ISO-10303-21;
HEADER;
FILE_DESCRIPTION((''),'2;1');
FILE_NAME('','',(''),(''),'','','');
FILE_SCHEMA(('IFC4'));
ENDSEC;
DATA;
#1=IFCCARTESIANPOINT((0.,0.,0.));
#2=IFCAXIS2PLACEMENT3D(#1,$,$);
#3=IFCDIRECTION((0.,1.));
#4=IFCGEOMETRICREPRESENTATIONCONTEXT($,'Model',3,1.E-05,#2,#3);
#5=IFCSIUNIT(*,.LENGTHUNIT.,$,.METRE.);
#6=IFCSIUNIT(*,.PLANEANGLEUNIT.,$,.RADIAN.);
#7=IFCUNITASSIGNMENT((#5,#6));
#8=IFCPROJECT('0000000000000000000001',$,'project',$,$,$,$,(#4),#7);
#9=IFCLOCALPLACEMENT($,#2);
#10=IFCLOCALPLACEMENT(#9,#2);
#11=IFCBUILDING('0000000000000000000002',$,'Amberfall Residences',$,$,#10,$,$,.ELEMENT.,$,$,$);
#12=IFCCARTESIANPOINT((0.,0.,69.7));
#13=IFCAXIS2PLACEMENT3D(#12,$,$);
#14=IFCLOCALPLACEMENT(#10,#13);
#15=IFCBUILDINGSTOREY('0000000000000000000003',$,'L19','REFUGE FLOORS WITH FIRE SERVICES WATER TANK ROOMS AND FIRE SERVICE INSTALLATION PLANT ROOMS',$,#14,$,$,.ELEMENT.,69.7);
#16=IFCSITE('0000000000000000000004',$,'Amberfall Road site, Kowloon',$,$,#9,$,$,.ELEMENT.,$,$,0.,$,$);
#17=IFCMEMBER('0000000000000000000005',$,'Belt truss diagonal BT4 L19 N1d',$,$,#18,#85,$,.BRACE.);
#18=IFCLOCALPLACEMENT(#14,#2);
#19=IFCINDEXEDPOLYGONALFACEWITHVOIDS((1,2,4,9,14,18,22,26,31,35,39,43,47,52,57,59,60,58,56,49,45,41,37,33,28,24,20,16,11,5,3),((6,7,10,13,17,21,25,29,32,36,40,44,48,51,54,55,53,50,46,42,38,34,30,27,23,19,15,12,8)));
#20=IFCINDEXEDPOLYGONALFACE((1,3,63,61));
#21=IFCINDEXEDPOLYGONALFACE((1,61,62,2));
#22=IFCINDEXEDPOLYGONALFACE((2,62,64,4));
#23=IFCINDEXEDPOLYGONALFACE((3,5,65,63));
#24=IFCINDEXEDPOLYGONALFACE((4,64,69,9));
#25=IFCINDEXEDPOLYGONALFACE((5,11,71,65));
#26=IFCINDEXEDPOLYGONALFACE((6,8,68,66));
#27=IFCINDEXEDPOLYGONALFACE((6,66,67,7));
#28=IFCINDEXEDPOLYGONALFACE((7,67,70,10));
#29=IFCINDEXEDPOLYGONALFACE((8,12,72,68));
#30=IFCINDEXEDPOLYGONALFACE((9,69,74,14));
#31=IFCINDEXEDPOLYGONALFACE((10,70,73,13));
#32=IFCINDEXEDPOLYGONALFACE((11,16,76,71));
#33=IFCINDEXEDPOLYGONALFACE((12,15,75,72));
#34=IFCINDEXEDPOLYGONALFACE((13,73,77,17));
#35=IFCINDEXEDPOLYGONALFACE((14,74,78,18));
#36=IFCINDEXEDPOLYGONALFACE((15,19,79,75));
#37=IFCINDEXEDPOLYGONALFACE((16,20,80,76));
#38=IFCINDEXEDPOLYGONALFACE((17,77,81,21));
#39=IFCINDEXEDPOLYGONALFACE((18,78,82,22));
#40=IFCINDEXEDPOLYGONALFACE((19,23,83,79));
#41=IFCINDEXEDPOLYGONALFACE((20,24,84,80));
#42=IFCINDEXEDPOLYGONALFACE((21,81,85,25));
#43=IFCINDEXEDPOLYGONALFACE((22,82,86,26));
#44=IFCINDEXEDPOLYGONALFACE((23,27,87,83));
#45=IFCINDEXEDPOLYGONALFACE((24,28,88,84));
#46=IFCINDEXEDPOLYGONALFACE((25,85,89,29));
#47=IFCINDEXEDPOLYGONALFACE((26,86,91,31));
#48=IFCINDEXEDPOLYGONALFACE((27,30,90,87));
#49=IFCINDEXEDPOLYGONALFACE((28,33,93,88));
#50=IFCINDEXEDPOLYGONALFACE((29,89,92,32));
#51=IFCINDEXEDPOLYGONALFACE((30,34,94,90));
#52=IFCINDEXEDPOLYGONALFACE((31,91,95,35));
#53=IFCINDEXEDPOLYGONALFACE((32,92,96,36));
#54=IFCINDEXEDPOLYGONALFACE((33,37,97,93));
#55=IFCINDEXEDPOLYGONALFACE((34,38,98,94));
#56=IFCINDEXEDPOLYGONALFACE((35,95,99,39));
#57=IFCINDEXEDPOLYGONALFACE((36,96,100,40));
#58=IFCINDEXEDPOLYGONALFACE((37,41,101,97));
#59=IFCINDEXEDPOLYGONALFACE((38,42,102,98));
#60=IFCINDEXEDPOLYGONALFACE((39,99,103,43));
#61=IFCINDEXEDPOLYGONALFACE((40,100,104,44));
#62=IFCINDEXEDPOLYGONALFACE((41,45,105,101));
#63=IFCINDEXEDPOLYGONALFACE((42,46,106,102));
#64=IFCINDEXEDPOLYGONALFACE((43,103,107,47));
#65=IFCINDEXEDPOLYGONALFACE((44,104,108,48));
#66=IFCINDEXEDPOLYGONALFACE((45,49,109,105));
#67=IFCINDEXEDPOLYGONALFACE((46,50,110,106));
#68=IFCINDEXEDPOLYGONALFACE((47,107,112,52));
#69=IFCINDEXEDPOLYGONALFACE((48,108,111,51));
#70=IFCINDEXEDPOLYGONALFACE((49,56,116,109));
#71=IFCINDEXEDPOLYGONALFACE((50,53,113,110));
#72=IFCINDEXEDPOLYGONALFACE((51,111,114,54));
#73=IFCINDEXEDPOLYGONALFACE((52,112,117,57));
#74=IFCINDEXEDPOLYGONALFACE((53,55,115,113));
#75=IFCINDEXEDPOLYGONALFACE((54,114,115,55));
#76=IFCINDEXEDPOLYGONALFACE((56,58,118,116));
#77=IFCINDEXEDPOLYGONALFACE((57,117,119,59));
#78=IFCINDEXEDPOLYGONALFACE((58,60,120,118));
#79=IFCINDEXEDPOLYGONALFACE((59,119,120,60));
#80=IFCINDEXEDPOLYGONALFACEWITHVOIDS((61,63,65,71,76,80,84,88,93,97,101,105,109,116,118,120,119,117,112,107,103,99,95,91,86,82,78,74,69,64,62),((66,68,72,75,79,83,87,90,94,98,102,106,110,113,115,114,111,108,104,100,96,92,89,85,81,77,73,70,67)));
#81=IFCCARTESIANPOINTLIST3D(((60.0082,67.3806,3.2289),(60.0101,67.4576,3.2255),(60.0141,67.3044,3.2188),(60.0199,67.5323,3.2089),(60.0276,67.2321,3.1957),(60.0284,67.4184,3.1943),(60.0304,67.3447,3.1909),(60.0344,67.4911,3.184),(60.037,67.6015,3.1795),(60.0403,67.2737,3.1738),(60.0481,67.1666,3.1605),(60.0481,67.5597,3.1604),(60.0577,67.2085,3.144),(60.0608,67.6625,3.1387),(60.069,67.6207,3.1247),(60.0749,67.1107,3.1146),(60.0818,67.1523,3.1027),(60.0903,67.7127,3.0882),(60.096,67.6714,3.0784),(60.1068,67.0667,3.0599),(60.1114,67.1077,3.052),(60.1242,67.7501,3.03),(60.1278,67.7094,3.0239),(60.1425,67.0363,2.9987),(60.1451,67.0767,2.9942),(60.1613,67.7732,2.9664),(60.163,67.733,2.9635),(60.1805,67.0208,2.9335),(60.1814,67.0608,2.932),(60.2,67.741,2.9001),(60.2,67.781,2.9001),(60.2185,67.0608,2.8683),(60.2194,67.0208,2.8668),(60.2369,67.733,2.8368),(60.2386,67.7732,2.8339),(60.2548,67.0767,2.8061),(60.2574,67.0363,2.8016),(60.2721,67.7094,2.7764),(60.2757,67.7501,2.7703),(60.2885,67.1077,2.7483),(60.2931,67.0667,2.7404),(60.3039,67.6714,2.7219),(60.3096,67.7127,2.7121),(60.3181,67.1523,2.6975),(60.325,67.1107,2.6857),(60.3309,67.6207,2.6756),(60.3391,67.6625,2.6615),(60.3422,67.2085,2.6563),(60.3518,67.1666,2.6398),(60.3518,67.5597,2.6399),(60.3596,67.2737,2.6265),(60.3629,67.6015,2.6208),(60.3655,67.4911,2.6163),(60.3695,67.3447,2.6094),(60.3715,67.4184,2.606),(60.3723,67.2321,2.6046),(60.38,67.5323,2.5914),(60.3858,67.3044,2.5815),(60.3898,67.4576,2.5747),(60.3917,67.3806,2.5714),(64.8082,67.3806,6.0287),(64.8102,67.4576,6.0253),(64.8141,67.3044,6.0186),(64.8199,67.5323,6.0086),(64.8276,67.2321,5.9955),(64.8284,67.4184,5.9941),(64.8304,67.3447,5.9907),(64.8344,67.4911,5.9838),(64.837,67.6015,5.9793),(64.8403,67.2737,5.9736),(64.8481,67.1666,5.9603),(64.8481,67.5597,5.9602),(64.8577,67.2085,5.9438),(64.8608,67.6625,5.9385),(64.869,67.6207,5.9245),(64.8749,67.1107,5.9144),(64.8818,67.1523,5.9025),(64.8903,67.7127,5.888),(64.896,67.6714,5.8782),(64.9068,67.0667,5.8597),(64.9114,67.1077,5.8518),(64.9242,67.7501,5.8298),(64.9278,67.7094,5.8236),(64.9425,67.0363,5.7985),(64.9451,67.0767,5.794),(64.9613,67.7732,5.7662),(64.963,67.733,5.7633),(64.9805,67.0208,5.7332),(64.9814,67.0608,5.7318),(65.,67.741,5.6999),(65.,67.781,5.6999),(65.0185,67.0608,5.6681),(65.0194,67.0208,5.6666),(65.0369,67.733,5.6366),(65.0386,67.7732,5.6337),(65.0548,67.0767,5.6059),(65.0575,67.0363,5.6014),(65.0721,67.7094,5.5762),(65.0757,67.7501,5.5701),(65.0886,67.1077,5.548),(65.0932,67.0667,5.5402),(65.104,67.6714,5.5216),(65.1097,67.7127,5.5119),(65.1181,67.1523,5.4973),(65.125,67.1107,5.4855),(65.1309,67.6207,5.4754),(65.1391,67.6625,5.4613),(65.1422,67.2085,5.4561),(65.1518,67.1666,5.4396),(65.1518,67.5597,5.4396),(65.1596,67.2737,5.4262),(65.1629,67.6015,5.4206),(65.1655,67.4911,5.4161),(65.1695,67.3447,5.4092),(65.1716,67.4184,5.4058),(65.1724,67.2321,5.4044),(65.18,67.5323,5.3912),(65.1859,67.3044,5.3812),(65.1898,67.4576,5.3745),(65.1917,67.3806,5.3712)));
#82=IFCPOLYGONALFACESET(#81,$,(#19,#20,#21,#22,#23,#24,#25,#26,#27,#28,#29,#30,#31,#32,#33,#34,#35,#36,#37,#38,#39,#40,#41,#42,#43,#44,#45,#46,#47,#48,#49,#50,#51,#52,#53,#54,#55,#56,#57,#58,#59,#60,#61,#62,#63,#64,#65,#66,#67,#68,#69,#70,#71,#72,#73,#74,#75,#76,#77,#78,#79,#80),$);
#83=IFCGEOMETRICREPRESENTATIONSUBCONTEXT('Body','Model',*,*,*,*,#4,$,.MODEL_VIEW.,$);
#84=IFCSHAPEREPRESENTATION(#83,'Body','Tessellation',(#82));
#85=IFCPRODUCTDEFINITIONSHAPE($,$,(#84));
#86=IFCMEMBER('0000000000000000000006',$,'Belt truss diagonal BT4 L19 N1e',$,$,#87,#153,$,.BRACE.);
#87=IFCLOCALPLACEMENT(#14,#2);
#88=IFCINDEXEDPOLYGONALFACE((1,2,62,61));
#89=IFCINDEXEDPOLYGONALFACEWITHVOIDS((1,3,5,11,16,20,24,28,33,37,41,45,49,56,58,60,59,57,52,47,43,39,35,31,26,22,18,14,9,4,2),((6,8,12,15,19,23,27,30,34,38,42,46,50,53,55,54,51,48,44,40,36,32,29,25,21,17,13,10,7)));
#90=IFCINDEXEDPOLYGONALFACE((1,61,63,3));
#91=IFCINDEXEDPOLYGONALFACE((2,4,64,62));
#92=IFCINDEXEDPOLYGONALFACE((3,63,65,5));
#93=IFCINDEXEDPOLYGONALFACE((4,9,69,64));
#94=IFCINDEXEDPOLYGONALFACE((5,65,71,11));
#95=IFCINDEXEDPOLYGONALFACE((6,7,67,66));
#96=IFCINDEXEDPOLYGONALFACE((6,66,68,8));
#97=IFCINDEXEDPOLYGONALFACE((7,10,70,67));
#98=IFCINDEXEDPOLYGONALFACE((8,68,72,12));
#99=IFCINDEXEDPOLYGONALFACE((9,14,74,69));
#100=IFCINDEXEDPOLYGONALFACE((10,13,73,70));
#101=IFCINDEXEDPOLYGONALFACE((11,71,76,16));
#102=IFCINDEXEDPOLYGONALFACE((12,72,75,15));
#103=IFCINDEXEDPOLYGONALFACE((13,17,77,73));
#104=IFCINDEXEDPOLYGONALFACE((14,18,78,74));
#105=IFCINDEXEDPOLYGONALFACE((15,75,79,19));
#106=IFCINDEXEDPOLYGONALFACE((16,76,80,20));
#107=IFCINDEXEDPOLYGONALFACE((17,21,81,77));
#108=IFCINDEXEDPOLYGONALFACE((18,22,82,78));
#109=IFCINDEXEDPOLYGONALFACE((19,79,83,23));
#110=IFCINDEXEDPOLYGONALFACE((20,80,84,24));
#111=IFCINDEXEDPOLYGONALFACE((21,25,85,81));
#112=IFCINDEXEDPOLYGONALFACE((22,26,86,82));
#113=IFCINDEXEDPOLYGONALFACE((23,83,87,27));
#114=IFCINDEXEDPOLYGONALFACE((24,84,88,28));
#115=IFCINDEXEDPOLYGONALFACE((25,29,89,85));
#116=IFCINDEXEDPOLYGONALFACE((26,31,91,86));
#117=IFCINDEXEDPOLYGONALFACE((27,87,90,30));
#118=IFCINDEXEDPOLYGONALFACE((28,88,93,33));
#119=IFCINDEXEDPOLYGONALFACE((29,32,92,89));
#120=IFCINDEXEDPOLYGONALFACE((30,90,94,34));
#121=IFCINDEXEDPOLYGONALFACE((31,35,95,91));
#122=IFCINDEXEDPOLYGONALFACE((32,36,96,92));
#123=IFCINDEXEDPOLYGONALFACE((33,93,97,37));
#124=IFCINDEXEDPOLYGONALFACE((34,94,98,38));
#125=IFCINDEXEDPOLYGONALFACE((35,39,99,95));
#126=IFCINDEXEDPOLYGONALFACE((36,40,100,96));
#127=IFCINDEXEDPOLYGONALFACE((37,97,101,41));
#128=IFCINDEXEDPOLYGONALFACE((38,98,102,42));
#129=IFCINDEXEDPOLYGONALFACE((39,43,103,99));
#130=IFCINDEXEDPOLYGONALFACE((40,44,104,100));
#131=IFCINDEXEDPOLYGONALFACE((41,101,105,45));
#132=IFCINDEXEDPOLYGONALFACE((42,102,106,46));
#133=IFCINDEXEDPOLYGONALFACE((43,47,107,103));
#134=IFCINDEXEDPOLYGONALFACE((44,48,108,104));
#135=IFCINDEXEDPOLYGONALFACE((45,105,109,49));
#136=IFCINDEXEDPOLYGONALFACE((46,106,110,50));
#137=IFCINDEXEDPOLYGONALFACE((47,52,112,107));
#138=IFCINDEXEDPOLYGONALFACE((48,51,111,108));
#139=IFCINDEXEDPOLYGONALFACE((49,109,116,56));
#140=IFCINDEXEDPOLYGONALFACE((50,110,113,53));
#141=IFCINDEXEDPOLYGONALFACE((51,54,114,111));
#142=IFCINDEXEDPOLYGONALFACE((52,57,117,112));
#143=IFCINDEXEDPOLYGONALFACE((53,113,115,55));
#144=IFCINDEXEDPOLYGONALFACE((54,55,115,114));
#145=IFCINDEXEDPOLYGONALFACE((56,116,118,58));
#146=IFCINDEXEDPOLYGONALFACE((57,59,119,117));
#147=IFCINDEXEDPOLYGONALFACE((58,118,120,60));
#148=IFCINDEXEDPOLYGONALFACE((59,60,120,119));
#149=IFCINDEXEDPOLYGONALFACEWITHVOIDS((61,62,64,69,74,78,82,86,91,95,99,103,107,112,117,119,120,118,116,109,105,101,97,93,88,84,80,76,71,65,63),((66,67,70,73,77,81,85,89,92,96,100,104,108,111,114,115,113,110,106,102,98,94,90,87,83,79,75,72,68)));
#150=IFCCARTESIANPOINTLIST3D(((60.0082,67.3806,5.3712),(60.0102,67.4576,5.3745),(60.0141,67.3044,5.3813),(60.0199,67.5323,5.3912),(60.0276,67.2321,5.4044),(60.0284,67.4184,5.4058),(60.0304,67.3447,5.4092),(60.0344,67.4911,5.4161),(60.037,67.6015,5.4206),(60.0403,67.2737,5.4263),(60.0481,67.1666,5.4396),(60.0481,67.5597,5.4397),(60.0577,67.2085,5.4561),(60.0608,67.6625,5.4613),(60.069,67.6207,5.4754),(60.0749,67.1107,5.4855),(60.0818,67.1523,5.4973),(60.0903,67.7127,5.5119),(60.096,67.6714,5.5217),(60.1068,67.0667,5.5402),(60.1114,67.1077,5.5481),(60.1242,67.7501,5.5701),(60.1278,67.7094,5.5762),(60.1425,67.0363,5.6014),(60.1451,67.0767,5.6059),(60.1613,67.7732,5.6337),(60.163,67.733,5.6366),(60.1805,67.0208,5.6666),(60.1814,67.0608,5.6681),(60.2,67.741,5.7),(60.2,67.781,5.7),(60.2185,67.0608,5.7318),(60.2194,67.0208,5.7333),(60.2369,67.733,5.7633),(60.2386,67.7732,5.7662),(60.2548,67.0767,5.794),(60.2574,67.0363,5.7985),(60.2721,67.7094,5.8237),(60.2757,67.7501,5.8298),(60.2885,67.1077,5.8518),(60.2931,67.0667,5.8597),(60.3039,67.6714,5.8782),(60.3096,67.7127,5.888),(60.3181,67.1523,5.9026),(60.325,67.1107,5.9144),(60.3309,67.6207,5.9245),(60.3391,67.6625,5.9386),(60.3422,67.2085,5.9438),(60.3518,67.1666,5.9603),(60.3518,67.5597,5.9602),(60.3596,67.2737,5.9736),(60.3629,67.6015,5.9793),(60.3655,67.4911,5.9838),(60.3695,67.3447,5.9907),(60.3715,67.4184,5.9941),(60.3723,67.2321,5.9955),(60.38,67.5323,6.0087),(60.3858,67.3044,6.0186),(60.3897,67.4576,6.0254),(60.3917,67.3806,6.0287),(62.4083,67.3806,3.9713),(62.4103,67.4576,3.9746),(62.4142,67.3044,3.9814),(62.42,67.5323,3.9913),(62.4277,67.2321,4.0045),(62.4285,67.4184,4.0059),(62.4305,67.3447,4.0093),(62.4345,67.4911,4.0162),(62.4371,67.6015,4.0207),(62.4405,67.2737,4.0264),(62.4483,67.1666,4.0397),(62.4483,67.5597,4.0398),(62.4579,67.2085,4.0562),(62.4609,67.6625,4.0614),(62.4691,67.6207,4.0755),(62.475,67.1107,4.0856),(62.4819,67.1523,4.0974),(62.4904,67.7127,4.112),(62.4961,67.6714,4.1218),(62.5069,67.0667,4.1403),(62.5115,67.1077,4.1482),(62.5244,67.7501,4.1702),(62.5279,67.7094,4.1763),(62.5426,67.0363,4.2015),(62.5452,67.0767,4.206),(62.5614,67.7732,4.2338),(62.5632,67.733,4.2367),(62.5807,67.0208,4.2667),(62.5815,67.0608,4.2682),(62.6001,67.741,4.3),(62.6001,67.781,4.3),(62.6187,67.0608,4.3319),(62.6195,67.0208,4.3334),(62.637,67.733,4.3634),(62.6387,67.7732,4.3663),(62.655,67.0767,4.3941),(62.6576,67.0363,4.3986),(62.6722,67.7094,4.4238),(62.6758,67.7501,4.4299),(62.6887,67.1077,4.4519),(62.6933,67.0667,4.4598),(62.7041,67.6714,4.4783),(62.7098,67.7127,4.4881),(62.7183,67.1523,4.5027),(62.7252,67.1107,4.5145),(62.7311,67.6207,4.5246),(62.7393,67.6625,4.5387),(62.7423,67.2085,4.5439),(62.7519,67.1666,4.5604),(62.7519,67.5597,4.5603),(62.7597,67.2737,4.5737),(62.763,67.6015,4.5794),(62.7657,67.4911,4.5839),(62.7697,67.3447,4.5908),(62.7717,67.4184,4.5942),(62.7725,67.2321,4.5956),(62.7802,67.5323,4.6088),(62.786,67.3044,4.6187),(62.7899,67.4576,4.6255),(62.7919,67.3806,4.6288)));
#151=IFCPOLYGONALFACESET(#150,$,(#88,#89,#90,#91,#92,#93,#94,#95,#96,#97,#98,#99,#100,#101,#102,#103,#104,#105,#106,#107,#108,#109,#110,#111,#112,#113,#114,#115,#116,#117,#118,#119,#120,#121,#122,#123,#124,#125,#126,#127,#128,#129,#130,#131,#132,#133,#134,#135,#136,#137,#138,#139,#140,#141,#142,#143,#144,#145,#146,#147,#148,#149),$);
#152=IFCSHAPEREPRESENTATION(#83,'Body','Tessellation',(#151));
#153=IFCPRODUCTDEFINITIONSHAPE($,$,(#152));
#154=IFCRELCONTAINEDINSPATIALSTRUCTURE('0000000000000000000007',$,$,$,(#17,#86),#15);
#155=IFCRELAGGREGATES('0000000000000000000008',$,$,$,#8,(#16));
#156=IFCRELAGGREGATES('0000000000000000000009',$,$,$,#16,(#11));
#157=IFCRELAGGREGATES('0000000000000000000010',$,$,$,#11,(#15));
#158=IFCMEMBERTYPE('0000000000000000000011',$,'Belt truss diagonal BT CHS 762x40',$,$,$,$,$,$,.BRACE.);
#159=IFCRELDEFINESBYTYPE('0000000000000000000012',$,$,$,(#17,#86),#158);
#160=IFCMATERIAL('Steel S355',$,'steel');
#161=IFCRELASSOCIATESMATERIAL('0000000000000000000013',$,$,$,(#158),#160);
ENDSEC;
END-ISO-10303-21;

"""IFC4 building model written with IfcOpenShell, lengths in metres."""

from ifc_helpers import new_model, si_unit, direction, frame, origin, origin_2d, place, context, subcontext, project, spatial, hollow_circle, extrude, material, material_profile, profile_set, type_object, element, save


model = new_model("IFC4")

# Units and contexts
model_context = context("Model", 3, precision=1e-05, world=origin(), true_north=direction((0.0, 1.0)))
body_context = subcontext(model_context, "Body", "Model", "MODEL_VIEW")
ifc_project = project(units=[si_unit("LENGTHUNIT", "METRE"), si_unit("PLANEANGLEUNIT", "RADIAN")], contexts=[model_context])

# Site, building, storey
site_placement = place(None, origin())
site = spatial("IfcSite", under=ifc_project, at=site_placement, Name="Amberfall Road site, Kowloon", CompositionType="ELEMENT", RefElevation=0.0)
building_placement = place(site_placement, origin())
building = spatial("IfcBuilding", under=site, at=building_placement, Name="Amberfall Residences", CompositionType="ELEMENT")
storey_placement = place(building_placement, frame((0.0, 0.0, 69.7)))
storey = spatial("IfcBuildingStorey", under=building, at=storey_placement, Name="L19", Description="REFUGE FLOORS WITH FIRE SERVICES WATER TANK ROOMS AND FIRE SERVICE INSTALLATION PLANT ROOMS", CompositionType="ELEMENT", Elevation=69.7)

# Shared definitions
ifc_material_1 = material(Name="Steel S355", Category="steel")

# Members
ifc_material_profile_1 = material_profile(ifc_material_1, hollow_circle(Radius=0.3811, WallThickness=0.04, at=origin_2d()), Name="CHS 762x40")
ifc_profile_set_1 = profile_set([ifc_material_profile_1], Name="Steel S355")
member_type = type_object("IfcMemberType", Name="Belt truss diagonal BT CHS 762x40", PredefinedType="BRACE", material=ifc_profile_set_1)
member_1_placement = place(storey_placement, frame((60.2, 67.3999, 2.9001), z_axis=(0.863796, 0.0, 0.503841), x_axis=(0.0, 1.0, 0.0)))
element("IfcMember", 1, at=member_1_placement, inside=storey, type_object=member_type, Name="Belt truss diagonal BT4 L19 N1d", PredefinedType="BRACE", context=body_context, shape_type="SweptSolid", body=[
    extrude(hollow_circle(Radius=0.3811, WallThickness=0.04, at=origin_2d()), origin(), (0.0, 0.0, 1.0), 5.5569),
])
member_2_placement = place(storey_placement, frame((60.2, 67.3999, 5.7), z_axis=(0.863808, 0.0, -0.503822), x_axis=(0.0, 1.0, 0.0)))
element("IfcMember", 2, at=member_2_placement, inside=storey, type_object=member_type, Name="Belt truss diagonal BT4 L19 N1e", PredefinedType="BRACE", context=body_context, shape_type="SweptSolid", body=[
    extrude(hollow_circle(Radius=0.3811, WallThickness=0.04, at=origin_2d()), origin(), (0.0, 0.0, 1.0), 2.7786),
])

save(model, "model.ifc")
